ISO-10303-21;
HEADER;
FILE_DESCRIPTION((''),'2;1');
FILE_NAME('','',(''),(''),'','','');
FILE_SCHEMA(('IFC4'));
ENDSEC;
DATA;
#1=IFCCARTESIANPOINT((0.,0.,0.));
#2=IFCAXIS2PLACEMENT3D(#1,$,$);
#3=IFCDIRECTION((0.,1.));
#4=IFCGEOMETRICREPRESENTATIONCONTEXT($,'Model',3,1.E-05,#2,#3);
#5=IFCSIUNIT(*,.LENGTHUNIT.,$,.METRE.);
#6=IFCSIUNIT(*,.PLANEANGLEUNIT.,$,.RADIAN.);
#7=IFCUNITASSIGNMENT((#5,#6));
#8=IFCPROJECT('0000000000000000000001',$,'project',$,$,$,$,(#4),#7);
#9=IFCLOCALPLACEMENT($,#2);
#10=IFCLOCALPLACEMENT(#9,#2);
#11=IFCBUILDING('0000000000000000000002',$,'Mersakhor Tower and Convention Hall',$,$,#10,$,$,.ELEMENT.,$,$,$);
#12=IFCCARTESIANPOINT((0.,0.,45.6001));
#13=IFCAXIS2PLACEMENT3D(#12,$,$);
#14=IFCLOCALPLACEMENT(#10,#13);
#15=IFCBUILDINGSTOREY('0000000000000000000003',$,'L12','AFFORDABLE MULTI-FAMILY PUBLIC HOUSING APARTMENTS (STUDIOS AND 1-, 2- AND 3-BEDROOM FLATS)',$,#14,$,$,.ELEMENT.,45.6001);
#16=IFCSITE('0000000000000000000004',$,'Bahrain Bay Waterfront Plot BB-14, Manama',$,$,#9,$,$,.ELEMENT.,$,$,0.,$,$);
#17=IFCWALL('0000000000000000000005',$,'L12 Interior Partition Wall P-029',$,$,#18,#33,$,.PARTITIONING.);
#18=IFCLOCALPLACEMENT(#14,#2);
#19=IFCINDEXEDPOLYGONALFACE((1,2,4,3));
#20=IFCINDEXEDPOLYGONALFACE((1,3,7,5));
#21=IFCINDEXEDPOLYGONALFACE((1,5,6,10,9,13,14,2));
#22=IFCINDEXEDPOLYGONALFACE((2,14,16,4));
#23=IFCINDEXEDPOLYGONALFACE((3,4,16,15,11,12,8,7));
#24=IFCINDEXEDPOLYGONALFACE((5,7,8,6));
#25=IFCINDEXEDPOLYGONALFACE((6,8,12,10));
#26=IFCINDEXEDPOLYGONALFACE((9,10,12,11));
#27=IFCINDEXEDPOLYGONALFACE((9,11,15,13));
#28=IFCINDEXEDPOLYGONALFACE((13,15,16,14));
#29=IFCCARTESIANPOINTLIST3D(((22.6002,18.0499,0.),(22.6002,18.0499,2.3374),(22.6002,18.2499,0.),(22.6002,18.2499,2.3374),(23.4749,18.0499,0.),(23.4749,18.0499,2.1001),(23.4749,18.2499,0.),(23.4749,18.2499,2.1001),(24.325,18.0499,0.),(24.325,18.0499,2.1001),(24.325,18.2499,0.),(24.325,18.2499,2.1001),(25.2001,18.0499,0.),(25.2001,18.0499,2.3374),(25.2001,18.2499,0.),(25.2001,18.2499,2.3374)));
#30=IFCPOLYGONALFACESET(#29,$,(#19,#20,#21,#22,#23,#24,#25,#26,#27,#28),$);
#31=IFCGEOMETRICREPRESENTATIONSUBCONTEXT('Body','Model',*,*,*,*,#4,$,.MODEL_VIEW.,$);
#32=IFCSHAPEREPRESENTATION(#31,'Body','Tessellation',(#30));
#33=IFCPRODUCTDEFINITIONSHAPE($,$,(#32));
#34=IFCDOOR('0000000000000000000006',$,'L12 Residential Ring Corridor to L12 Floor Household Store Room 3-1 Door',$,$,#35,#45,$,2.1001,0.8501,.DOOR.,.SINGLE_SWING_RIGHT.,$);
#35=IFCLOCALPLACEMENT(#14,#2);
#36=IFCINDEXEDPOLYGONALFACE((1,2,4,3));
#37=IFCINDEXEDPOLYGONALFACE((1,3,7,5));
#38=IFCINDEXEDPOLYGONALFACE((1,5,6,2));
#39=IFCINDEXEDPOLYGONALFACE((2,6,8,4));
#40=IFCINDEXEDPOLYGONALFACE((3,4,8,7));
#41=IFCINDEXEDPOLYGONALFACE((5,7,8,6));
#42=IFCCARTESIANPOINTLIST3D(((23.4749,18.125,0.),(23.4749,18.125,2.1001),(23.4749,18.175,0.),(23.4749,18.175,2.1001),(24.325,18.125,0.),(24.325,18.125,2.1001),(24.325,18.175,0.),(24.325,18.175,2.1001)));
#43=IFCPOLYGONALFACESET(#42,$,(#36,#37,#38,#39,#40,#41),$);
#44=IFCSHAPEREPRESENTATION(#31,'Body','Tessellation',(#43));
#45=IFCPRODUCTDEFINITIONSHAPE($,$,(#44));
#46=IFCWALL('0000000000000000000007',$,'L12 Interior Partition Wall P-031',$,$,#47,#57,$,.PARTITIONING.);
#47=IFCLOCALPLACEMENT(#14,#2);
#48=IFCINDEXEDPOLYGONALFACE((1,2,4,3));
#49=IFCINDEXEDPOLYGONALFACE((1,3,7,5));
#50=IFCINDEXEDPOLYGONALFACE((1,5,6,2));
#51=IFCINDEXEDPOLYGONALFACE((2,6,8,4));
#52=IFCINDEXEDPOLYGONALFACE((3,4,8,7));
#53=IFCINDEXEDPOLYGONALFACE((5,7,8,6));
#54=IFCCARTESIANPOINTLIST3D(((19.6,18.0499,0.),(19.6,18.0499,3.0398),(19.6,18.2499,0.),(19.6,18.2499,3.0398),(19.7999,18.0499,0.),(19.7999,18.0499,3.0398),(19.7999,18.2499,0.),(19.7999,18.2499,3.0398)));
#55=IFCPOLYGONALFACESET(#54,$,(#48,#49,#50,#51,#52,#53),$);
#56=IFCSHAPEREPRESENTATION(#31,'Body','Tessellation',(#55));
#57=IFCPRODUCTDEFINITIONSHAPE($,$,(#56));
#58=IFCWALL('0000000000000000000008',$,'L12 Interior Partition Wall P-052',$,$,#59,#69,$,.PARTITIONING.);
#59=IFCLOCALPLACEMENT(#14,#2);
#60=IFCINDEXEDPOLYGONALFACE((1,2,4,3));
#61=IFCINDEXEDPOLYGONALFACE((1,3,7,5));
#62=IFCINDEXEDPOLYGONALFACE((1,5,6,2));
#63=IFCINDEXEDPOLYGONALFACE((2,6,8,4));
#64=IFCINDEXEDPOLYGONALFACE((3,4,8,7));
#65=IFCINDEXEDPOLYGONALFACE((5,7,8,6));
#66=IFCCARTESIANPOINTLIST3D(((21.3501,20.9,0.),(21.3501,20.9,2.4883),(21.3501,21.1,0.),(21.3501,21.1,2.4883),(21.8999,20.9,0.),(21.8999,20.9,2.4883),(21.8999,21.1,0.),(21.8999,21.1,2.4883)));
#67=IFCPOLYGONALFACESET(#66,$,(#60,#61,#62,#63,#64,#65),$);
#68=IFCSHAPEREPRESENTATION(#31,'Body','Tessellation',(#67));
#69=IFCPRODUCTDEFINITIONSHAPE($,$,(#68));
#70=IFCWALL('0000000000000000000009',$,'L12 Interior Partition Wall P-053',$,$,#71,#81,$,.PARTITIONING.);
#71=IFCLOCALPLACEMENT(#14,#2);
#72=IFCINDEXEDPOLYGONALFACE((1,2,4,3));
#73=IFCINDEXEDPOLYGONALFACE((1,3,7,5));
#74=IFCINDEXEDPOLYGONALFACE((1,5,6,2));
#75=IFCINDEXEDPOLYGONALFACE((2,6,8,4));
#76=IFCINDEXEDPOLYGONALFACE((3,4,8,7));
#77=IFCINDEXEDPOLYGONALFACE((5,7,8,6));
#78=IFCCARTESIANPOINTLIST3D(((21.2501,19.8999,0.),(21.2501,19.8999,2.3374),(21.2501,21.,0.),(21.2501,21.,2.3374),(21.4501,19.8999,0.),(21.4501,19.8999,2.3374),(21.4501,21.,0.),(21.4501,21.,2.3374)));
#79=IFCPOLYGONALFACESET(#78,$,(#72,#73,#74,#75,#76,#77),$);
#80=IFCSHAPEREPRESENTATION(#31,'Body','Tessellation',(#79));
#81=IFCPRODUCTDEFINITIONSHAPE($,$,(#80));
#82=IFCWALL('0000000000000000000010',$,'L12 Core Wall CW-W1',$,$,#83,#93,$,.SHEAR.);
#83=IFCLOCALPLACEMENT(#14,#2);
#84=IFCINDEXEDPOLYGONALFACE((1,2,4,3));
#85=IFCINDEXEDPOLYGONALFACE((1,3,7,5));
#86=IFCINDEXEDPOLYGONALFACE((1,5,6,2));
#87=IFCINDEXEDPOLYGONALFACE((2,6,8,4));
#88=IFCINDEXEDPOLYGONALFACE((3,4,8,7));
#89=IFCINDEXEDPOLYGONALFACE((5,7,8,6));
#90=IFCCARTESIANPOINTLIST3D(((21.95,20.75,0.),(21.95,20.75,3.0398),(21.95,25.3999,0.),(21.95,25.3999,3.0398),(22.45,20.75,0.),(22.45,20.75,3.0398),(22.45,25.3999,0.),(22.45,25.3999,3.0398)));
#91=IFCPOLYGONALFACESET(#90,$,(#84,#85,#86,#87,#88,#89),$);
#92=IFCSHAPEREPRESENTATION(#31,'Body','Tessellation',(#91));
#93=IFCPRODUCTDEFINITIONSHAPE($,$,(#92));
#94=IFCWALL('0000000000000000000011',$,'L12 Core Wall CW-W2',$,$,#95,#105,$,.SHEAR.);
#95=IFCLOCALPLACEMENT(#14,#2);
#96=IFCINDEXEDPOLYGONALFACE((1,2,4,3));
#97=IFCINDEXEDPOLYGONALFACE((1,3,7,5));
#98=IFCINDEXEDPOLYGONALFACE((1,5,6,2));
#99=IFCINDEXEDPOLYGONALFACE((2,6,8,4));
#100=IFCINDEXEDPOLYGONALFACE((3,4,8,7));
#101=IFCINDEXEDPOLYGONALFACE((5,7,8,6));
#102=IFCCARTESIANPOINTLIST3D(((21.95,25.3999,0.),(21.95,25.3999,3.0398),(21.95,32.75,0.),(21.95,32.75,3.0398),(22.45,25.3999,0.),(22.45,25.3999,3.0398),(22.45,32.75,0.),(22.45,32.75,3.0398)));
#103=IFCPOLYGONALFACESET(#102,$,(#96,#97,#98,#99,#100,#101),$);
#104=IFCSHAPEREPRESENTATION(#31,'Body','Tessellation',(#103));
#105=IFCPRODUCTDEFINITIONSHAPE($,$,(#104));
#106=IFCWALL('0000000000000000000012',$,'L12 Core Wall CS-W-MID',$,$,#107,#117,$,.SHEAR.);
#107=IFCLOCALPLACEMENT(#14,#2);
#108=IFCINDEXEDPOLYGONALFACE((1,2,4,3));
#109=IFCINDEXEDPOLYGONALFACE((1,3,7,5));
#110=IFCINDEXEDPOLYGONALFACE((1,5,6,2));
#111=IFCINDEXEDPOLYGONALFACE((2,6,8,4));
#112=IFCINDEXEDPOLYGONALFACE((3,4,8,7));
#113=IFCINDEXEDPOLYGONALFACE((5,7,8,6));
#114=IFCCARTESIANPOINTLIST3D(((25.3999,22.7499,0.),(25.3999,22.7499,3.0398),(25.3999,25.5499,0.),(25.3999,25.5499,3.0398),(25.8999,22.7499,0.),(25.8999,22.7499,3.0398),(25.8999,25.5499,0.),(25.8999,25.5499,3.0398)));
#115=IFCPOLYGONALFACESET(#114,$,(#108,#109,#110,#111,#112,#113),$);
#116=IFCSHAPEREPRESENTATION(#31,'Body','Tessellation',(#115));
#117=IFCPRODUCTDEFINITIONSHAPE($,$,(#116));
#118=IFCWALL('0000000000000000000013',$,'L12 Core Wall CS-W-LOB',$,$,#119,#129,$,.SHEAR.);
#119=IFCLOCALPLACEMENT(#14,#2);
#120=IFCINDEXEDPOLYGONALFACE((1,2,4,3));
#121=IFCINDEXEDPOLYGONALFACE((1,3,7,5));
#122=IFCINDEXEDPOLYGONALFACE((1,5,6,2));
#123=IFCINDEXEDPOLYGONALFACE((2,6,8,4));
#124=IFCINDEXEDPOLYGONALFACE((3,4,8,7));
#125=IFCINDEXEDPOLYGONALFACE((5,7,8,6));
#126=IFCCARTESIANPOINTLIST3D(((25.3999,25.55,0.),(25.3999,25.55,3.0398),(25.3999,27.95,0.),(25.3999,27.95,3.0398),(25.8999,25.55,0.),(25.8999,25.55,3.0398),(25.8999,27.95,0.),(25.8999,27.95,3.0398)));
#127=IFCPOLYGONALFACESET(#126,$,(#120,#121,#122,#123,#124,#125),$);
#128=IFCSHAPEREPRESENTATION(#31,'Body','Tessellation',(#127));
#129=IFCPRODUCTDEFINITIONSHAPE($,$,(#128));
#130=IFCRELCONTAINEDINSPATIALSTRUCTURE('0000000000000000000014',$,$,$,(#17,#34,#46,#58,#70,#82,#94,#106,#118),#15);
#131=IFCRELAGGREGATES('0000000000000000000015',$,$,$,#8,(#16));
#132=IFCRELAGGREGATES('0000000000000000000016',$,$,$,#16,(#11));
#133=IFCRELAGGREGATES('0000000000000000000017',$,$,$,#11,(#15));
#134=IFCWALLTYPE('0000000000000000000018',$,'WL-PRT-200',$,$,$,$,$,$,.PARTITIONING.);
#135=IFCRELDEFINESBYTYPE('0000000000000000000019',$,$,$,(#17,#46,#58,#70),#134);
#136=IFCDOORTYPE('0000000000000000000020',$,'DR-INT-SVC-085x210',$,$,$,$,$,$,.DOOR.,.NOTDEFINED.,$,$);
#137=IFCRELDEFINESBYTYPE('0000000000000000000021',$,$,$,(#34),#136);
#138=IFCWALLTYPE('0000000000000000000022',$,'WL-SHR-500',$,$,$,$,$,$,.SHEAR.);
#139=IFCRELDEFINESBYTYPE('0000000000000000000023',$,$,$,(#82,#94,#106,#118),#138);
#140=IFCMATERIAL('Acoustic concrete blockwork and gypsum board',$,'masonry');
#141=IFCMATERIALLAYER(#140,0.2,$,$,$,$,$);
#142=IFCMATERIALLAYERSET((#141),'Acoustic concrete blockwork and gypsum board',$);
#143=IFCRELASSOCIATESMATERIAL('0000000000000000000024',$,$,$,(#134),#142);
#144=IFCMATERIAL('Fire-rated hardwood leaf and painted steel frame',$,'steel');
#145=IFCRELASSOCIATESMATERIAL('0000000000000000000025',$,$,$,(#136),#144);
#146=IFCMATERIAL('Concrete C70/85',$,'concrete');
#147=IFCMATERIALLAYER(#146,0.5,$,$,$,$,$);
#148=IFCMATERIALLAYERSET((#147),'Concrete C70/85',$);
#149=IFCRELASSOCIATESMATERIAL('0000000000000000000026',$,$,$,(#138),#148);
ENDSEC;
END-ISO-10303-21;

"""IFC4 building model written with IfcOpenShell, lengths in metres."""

from ifc_helpers import new_model, si_unit, direction, frame, frame_2d, origin, place, context, subcontext, project, spatial, rectangle, extrude, material, layer, layer_set, type_object, element, fill, save


model = new_model("IFC4")

# Units and contexts
model_context = context("Model", 3, precision=1e-05, world=origin(), true_north=direction((0.0, 1.0)))
body_context = subcontext(model_context, "Body", "Model", "MODEL_VIEW")
ifc_project = project(units=[si_unit("LENGTHUNIT", "METRE"), si_unit("PLANEANGLEUNIT", "RADIAN")], contexts=[model_context])

# Site, building, storey
site_placement = place(None, origin())
site = spatial("IfcSite", under=ifc_project, at=site_placement, Name="Bahrain Bay Waterfront Plot BB-14, Manama", CompositionType="ELEMENT", RefElevation=0.0)
building_placement = place(site_placement, origin())
building = spatial("IfcBuilding", under=site, at=building_placement, Name="Mersakhor Tower and Convention Hall", CompositionType="ELEMENT")
storey_placement = place(building_placement, frame((0.0, 0.0, 45.6001)))
storey = spatial("IfcBuildingStorey", under=building, at=storey_placement, Name="L12", Description="AFFORDABLE MULTI-FAMILY PUBLIC HOUSING APARTMENTS (STUDIOS AND 1-, 2- AND 3-BEDROOM FLATS)", CompositionType="ELEMENT", Elevation=45.6001)

# Shared definitions
ifc_material_1 = material(Name="Acoustic concrete blockwork and gypsum board", Category="masonry")
ifc_layer_1 = layer(ifc_material_1, 0.2)
ifc_layer_set_1 = layer_set([ifc_layer_1], Name="Acoustic concrete blockwork and gypsum board")
wall_type_1 = type_object("IfcWallType", Name="WL-PRT-200", PredefinedType="PARTITIONING", material=ifc_layer_set_1)

# Wall, opening, door
wall_1_placement = place(storey_placement, frame((25.2, 18.1499, 0.0), z_axis=(0.0, 0.0, 1.0), x_axis=(-1.0, 0.0, 0.0)))
wall_1 = element("IfcWall", 1, at=wall_1_placement, inside=storey, type_object=wall_type_1, Name="L12 Interior Partition Wall P-029", PredefinedType="PARTITIONING", context=body_context, shape_type="SweptSolid", body=[
    extrude(rectangle(XDim=2.5999, YDim=0.2, at=frame_2d((1.2998, 0.0))), origin(), (0.0, 0.0, 1.0), 2.3374),
])
opening_1_placement = place(wall_1_placement, frame((0.875, 0.0, 0.0)))
opening_1 = element("IfcOpeningElement", 2, at=opening_1_placement, cuts=wall_1, PredefinedType="OPENING", context=body_context, shape_type="SweptSolid", body=[
    extrude(rectangle(XDim=0.8501, YDim=2.1001, at=frame_2d((0.425, 1.05))), frame((0.0, 0.1099, 0.0), z_axis=(0.0, -1.0, 0.0), x_axis=(1.0, 0.0, 0.0)), (0.0, 0.0, 1.0), 0.22),
])
ifc_material_2 = material(Name="Fire-rated hardwood leaf and painted steel frame", Category="steel")
door_type_1 = type_object("IfcDoorType", Name="DR-INT-SVC-085x210", OperationType="NOTDEFINED", PredefinedType="DOOR", material=ifc_material_2)
door_1_placement = place(opening_1_placement, origin())
door_1 = element("IfcDoor", 3, at=door_1_placement, inside=storey, type_object=door_type_1, Name="L12 Residential Ring Corridor to L12 Floor Household Store Room 3-1 Door", OperationType="SINGLE_SWING_RIGHT", OverallHeight=2.1001, OverallWidth=0.8501, PredefinedType="DOOR", context=body_context, shape_type="SweptSolid", body=[
    extrude(rectangle(XDim=0.8501, YDim=2.1001, at=frame_2d((0.425, 1.05))), frame((0.0, 0.0249, 0.0), z_axis=(0.0, -1.0, 0.0), x_axis=(1.0, 0.0, 0.0)), (0.0, 0.0, 1.0), 0.05),
])
fill(opening_1, door_1)

# Walls
wall_2_placement = place(storey_placement, frame((19.8, 18.1499, 0.0), z_axis=(0.0, 0.0, 1.0), x_axis=(-1.0, 0.0, 0.0)))
element("IfcWall", 4, at=wall_2_placement, inside=storey, type_object=wall_type_1, Name="L12 Interior Partition Wall P-031", PredefinedType="PARTITIONING", context=body_context, shape_type="SweptSolid", body=[
    extrude(rectangle(XDim=0.2, YDim=0.2, at=frame_2d((0.1001, 0.0))), origin(), (0.0, 0.0, 1.0), 3.0398),
])
wall_3_placement = place(storey_placement, frame((21.8999, 21.0, 0.0), z_axis=(0.0, 0.0, 1.0), x_axis=(-1.0, 0.0, 0.0)))
element("IfcWall", 5, at=wall_3_placement, inside=storey, type_object=wall_type_1, Name="L12 Interior Partition Wall P-052", PredefinedType="PARTITIONING", context=body_context, shape_type="SweptSolid", body=[
    extrude(rectangle(XDim=0.5498, YDim=0.2, at=frame_2d((0.2749, 0.0))), origin(), (0.0, 0.0, 1.0), 2.4883),
])
wall_4_placement = place(storey_placement, frame((21.3501, 21.0, 0.0), z_axis=(0.0, 0.0, 1.0), x_axis=(0.0, -1.0, 0.0)))
element("IfcWall", 6, at=wall_4_placement, inside=storey, type_object=wall_type_1, Name="L12 Interior Partition Wall P-053", PredefinedType="PARTITIONING", context=body_context, shape_type="SweptSolid", body=[
    extrude(rectangle(XDim=1.1001, YDim=0.2, at=frame_2d((0.55, 0.0))), origin(), (0.0, 0.0, 1.0), 2.3374),
])

# Walls
ifc_material_3 = material(Name="Concrete C70/85", Category="concrete")
ifc_layer_2 = layer(ifc_material_3, 0.5)
ifc_layer_set_2 = layer_set([ifc_layer_2], Name="Concrete C70/85")
wall_type_2 = type_object("IfcWallType", Name="WL-SHR-500", PredefinedType="SHEAR", material=ifc_layer_set_2)
wall_5_placement = place(storey_placement, frame((22.2, 20.75, 0.0), z_axis=(0.0, 0.0, 1.0), x_axis=(0.0, 1.0, 0.0)))
element("IfcWall", 7, at=wall_5_placement, inside=storey, type_object=wall_type_2, Name="L12 Core Wall CW-W1", PredefinedType="SHEAR", context=body_context, shape_type="SweptSolid", body=[
    extrude(rectangle(XDim=4.6499, YDim=0.5, at=frame_2d((2.325, 0.0))), origin(), (0.0, 0.0, 1.0), 3.0398),
])
wall_6_placement = place(storey_placement, frame((22.2, 25.3999, 0.0), z_axis=(0.0, 0.0, 1.0), x_axis=(0.0, 1.0, 0.0)))
element("IfcWall", 8, at=wall_6_placement, inside=storey, type_object=wall_type_2, Name="L12 Core Wall CW-W2", PredefinedType="SHEAR", context=body_context, shape_type="SweptSolid", body=[
    extrude(rectangle(XDim=7.3501, YDim=0.5, at=frame_2d((3.675, 0.0))), origin(), (0.0, 0.0, 1.0), 3.0398),
])

# Walls
wall_7_placement = place(storey_placement, frame((25.6499, 22.75, 0.0), z_axis=(0.0, 0.0, 1.0), x_axis=(0.0, 1.0, 0.0)))
element("IfcWall", 9, at=wall_7_placement, inside=storey, type_object=wall_type_2, Name="L12 Core Wall CS-W-MID", PredefinedType="SHEAR", context=body_context, shape_type="SweptSolid", body=[
    extrude(rectangle(XDim=2.8, YDim=0.5, at=frame_2d((1.3999, 0.0))), origin(), (0.0, 0.0, 1.0), 3.0398),
])
wall_8_placement = place(storey_placement, frame((25.6499, 25.55, 0.0), z_axis=(0.0, 0.0, 1.0), x_axis=(0.0, 1.0, 0.0)))
element("IfcWall", 10, at=wall_8_placement, inside=storey, type_object=wall_type_2, Name="L12 Core Wall CS-W-LOB", PredefinedType="SHEAR", context=body_context, shape_type="SweptSolid", body=[
    extrude(rectangle(XDim=2.3999, YDim=0.5, at=frame_2d((1.2, 0.0))), origin(), (0.0, 0.0, 1.0), 3.0398),
])

save(model, "model.ifc")
